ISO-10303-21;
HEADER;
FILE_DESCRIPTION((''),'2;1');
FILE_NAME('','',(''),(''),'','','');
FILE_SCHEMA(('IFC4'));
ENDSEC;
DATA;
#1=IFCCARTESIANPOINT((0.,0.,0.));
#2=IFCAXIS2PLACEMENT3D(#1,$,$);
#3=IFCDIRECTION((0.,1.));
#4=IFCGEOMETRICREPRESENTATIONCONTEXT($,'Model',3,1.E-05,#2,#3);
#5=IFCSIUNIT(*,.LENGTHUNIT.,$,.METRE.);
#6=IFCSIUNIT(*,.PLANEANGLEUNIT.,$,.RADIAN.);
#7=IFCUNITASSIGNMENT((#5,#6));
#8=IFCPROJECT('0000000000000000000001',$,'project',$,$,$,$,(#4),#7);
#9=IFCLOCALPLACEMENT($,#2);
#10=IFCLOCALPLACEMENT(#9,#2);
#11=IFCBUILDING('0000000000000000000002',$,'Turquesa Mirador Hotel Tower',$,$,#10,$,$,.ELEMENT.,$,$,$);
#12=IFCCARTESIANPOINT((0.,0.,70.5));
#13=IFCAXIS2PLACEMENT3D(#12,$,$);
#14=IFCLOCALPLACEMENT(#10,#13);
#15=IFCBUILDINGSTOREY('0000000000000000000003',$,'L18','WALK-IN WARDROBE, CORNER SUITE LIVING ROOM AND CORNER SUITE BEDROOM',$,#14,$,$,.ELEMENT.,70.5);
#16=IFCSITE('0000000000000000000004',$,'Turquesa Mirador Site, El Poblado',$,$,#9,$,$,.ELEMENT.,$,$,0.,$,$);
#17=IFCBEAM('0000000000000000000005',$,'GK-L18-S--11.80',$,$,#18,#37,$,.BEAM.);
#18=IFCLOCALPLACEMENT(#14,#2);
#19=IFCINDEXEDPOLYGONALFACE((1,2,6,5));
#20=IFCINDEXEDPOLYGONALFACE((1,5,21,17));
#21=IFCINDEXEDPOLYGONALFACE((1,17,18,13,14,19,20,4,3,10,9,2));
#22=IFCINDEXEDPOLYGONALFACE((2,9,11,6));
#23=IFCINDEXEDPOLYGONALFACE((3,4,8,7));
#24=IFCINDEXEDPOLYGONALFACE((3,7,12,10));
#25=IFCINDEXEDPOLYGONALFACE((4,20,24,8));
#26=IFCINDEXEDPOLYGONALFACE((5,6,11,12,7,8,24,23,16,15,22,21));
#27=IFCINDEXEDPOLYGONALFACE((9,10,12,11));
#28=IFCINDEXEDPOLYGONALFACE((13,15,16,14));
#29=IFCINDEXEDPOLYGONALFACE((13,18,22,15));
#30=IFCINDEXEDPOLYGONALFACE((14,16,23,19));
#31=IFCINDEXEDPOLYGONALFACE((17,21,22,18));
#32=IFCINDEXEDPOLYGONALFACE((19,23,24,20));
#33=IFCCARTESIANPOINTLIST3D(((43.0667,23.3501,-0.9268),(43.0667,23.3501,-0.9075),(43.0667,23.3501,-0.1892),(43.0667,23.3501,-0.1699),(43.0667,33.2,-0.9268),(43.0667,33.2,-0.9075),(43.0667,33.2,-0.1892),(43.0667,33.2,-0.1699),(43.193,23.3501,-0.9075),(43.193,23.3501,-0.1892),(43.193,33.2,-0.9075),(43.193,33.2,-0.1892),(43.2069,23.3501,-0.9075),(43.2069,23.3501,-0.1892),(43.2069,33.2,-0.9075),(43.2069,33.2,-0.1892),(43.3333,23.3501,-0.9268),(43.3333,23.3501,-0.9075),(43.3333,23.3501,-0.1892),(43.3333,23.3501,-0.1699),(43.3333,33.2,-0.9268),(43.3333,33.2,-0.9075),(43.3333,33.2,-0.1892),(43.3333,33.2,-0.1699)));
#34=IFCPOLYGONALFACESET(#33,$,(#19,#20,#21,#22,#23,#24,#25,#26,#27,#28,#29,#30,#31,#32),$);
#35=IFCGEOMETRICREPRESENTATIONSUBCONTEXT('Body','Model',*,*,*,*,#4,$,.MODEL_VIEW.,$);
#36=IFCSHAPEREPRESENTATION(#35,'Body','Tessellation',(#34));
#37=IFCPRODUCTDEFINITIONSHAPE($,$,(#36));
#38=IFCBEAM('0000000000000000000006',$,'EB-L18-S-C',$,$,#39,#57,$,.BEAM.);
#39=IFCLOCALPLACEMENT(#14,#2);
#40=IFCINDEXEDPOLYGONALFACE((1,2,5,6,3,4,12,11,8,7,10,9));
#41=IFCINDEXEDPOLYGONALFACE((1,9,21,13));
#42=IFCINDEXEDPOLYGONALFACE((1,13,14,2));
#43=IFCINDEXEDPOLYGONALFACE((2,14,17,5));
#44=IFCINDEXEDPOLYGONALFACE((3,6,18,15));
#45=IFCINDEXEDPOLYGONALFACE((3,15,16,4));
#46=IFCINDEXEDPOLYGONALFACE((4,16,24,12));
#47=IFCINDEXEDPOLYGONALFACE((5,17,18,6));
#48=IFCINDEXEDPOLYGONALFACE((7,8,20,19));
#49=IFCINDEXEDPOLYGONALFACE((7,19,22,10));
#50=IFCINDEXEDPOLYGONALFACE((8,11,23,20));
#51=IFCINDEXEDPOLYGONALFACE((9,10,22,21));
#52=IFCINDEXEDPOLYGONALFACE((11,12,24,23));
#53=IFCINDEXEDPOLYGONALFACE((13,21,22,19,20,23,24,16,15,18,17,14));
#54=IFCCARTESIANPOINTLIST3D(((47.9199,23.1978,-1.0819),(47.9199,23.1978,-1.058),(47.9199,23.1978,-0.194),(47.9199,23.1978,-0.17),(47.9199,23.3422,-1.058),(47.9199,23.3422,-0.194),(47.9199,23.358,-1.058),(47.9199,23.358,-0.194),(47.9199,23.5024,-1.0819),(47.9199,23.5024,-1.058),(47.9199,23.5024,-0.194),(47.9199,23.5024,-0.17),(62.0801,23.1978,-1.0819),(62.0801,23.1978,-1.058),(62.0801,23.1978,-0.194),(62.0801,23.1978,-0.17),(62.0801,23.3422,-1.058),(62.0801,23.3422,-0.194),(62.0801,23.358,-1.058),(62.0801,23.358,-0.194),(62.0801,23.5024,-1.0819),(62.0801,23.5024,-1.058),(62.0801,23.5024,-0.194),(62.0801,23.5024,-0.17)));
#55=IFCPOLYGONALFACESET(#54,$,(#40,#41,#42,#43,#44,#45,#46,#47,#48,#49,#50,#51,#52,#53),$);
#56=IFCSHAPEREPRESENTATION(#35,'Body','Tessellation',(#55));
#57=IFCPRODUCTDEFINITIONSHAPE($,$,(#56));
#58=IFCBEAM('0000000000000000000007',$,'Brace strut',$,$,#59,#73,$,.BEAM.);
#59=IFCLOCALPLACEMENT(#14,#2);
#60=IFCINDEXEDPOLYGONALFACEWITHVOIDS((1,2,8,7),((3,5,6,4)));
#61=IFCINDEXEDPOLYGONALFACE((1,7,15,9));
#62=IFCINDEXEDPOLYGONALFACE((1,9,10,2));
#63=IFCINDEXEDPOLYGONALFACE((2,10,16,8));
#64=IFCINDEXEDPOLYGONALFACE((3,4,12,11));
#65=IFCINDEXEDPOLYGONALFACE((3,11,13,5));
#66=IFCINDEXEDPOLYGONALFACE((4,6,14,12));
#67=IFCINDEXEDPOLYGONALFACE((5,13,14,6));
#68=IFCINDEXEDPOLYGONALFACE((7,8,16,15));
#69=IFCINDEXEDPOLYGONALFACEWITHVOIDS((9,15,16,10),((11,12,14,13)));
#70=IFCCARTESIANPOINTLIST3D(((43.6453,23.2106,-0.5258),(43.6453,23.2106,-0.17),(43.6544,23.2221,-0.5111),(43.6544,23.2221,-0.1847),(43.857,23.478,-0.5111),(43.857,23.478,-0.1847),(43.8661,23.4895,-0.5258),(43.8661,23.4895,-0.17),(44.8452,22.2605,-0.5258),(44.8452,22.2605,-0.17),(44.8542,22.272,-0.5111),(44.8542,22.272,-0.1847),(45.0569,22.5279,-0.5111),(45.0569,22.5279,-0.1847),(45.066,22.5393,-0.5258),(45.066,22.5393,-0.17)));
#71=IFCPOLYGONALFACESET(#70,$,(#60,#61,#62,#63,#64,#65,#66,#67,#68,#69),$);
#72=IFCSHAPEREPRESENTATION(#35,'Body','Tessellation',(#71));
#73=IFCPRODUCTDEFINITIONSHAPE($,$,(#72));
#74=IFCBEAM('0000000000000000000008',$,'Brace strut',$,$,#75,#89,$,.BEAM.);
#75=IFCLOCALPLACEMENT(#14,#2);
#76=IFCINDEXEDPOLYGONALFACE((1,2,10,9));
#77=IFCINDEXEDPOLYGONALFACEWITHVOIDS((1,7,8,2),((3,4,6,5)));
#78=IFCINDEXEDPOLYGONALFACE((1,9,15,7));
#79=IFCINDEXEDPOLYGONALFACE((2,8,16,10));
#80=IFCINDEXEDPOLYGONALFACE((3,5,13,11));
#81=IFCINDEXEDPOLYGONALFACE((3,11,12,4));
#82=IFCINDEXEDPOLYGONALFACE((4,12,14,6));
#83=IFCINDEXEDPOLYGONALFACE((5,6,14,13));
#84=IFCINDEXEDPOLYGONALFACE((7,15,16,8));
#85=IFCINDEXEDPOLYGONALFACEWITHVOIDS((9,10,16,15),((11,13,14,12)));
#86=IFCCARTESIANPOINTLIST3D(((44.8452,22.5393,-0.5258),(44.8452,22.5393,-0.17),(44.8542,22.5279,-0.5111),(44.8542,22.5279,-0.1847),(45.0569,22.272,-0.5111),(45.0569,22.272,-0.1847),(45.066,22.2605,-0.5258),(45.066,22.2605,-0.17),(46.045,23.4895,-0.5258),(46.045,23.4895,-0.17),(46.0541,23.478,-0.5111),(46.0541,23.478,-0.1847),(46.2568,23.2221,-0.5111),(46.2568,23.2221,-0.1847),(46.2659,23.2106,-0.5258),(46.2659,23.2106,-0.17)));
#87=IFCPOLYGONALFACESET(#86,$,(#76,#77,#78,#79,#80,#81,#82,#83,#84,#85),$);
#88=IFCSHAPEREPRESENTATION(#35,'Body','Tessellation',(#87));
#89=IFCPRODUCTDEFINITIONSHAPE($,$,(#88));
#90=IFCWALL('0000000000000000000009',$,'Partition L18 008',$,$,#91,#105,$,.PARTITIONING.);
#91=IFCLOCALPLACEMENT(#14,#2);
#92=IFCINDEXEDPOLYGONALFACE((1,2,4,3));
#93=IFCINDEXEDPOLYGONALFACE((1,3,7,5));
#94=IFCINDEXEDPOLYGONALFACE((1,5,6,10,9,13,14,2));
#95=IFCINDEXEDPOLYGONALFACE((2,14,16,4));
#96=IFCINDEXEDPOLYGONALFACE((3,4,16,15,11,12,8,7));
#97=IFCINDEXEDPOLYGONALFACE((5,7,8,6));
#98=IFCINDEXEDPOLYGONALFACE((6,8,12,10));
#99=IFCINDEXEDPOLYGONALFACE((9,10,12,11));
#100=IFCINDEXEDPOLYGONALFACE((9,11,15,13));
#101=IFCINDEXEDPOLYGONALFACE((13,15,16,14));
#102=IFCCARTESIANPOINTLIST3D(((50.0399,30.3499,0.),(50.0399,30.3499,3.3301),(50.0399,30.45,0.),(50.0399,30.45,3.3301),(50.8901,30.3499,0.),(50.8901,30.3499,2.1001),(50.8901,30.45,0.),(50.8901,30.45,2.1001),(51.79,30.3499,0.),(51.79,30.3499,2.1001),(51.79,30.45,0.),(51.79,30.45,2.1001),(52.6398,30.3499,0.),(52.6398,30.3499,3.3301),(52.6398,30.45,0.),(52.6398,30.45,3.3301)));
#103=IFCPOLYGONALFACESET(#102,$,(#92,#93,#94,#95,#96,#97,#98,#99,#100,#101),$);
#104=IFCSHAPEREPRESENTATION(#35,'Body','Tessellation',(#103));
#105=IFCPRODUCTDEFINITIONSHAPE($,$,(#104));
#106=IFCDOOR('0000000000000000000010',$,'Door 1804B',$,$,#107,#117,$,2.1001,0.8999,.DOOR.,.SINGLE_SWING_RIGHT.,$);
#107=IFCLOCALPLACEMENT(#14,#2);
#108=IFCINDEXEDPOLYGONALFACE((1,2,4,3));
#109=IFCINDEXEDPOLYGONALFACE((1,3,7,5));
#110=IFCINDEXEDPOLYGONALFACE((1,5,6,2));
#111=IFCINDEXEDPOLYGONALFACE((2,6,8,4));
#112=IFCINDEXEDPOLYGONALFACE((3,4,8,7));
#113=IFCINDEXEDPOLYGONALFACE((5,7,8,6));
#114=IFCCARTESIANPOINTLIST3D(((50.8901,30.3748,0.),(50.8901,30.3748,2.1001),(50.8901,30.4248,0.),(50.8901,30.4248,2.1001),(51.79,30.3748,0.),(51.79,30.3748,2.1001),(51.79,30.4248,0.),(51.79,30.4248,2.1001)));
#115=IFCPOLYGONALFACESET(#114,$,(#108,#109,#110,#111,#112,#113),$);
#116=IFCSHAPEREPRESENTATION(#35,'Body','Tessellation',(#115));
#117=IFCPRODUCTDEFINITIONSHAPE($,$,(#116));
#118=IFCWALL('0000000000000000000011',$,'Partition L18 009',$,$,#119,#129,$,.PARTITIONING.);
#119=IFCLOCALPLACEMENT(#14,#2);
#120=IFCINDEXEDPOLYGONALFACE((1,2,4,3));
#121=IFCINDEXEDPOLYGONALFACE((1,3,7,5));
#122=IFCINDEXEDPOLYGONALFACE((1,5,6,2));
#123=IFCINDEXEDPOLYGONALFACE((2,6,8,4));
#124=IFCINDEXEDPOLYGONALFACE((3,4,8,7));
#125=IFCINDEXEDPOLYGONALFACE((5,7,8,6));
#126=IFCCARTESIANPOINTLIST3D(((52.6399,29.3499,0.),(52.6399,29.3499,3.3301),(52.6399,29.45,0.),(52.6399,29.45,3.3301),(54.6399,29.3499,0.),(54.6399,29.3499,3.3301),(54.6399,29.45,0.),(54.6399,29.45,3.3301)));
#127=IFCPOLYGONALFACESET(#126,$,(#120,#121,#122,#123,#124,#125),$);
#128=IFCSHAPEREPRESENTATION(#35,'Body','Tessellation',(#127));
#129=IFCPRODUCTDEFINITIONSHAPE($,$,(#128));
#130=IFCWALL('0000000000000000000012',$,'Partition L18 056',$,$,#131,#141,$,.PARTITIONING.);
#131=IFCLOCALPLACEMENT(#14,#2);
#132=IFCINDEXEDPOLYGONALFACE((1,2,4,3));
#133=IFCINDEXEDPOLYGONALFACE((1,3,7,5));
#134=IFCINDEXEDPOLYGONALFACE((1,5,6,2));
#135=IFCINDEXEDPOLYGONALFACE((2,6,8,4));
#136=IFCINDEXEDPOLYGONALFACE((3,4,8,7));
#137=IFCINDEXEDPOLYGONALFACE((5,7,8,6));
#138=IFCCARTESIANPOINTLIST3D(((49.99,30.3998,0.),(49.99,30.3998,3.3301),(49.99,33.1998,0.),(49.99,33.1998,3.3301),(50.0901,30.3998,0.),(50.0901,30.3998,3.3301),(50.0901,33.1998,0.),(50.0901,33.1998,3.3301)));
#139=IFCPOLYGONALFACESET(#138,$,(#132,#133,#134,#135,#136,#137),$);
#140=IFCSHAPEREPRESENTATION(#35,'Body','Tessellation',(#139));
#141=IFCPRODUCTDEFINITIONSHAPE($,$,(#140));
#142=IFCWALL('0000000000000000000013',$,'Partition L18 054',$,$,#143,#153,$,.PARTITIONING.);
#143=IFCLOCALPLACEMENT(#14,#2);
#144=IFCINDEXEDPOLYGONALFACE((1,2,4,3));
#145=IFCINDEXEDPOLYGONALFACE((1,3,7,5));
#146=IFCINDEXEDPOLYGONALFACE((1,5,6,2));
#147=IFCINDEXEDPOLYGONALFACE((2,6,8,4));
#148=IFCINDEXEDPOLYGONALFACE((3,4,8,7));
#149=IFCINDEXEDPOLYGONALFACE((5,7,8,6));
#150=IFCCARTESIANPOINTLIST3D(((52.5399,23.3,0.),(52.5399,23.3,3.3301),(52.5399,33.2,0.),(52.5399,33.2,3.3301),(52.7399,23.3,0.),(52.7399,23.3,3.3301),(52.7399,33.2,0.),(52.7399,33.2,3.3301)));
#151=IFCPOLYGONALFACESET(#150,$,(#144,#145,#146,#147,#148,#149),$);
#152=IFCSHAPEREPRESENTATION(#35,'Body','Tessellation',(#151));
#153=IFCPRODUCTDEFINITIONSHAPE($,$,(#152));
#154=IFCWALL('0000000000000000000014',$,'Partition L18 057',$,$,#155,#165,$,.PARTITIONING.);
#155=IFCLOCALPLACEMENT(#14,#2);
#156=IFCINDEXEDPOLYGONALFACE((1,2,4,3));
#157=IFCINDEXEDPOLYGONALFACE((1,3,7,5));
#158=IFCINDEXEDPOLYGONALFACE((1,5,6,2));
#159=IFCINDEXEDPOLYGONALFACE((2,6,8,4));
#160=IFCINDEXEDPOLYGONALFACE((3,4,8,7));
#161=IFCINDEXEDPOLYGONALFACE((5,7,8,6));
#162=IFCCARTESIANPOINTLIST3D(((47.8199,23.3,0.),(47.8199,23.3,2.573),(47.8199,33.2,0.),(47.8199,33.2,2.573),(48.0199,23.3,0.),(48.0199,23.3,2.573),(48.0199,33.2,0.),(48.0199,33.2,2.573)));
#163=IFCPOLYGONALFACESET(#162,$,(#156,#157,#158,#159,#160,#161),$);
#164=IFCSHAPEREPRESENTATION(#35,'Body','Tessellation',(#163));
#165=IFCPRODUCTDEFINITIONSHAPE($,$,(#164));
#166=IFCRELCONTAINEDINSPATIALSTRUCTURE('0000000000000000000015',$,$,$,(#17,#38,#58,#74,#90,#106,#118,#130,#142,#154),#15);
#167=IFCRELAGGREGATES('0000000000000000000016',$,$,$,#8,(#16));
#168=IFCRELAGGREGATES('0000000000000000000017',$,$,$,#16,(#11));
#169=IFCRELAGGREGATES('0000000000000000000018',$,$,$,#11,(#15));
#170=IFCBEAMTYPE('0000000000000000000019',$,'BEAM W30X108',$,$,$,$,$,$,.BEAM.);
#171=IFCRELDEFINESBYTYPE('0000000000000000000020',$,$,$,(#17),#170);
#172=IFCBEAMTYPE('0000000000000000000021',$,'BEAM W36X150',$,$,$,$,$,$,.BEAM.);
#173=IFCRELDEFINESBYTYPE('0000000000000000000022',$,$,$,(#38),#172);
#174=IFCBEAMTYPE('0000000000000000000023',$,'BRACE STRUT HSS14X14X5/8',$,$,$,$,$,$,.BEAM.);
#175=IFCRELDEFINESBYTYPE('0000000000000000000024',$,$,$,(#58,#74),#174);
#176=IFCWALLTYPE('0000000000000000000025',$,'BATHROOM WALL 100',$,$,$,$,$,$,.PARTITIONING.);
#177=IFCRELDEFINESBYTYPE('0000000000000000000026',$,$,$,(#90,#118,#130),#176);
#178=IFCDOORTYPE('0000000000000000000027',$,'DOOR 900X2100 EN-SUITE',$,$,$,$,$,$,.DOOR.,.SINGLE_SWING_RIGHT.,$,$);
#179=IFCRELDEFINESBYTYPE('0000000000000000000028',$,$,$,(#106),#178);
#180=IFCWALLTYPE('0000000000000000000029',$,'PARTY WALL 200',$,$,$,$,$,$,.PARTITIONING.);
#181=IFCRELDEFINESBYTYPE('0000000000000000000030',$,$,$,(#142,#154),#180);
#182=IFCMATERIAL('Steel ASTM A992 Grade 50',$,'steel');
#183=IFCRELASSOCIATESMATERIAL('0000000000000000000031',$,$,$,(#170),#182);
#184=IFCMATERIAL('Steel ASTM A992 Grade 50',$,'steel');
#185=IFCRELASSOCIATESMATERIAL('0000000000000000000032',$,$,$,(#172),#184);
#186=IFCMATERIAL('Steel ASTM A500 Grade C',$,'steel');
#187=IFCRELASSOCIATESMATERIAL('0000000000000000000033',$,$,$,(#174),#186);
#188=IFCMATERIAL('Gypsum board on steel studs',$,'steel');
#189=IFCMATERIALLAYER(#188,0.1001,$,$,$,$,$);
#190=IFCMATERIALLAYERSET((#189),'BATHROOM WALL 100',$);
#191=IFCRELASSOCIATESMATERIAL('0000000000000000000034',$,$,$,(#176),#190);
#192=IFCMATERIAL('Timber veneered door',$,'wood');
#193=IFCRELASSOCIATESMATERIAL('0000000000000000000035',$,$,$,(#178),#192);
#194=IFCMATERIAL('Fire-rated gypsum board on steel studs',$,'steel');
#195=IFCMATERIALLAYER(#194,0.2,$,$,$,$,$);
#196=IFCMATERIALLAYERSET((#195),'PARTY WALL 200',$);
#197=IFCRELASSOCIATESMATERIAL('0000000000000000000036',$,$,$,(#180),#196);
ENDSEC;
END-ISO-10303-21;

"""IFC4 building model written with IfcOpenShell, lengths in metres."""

from ifc_helpers import new_model, si_unit, direction, frame, frame_2d, origin, origin_2d, place, context, subcontext, project, spatial, rectangle, hollow_rectangle, i_section, extrude, material, layer, layer_set, material_profile, profile_set, type_object, element, fill, save


model = new_model("IFC4")

# Units and contexts
model_context = context("Model", 3, precision=1e-05, world=origin(), true_north=direction((0.0, 1.0)))
body_context = subcontext(model_context, "Body", "Model", "MODEL_VIEW")
ifc_project = project(units=[si_unit("LENGTHUNIT", "METRE"), si_unit("PLANEANGLEUNIT", "RADIAN")], contexts=[model_context])

# Site, building, storey
site_placement = place(None, origin())
site = spatial("IfcSite", under=ifc_project, at=site_placement, Name="Turquesa Mirador Site, El Poblado", CompositionType="ELEMENT", RefElevation=0.0)
building_placement = place(site_placement, origin())
building = spatial("IfcBuilding", under=site, at=building_placement, Name="Turquesa Mirador Hotel Tower", CompositionType="ELEMENT")
storey_placement = place(building_placement, frame((0.0, 0.0, 70.5)))
storey = spatial("IfcBuildingStorey", under=building, at=storey_placement, Name="L18", Description="WALK-IN WARDROBE, CORNER SUITE LIVING ROOM AND CORNER SUITE BEDROOM", CompositionType="ELEMENT", Elevation=70.5)

# Beams
ifc_material_1 = material(Name="Steel ASTM A992 Grade 50", Category="steel")
ifc_material_profile_1 = material_profile(ifc_material_1, i_section(OverallWidth=0.2666, OverallDepth=0.7568, WebThickness=0.0139, FlangeThickness=0.0193, at=origin_2d()), Name="W30X108")
ifc_profile_set_1 = profile_set([ifc_material_profile_1], Name="Steel ASTM A992 Grade 50")
beam_type_1 = type_object("IfcBeamType", Name="BEAM W30X108", PredefinedType="BEAM", material=ifc_profile_set_1)
beam_1_placement = place(storey_placement, frame((43.2, 23.3501, -0.5483), z_axis=(0.0, 1.0, 0.0), x_axis=(-1.0, 0.0, 0.0)))
element("IfcBeam", 1, at=beam_1_placement, inside=storey, type_object=beam_type_1, Name="GK-L18-S--11.80", PredefinedType="BEAM", context=body_context, shape_type="SweptSolid", body=[
    extrude(i_section(OverallWidth=0.2666, OverallDepth=0.7568, WebThickness=0.0139, FlangeThickness=0.0193, at=origin_2d()), origin(), (0.0, 0.0, 1.0), 9.8499),
])
ifc_material_2 = material(Name="Steel ASTM A992 Grade 50", Category="steel")
ifc_material_profile_2 = material_profile(ifc_material_2, i_section(OverallWidth=0.3047, OverallDepth=0.9119, WebThickness=0.0159, FlangeThickness=0.0239, at=origin_2d()), Name="W36X150")
ifc_profile_set_2 = profile_set([ifc_material_profile_2], Name="Steel ASTM A992 Grade 50")
beam_type_2 = type_object("IfcBeamType", Name="BEAM W36X150", PredefinedType="BEAM", material=ifc_profile_set_2)
beam_2_placement = place(storey_placement, frame((47.9199, 23.3501, -0.626), z_axis=(1.0, 0.0, 0.0), x_axis=(0.0, 1.0, 0.0)))
element("IfcBeam", 2, at=beam_2_placement, inside=storey, type_object=beam_type_2, Name="EB-L18-S-C", PredefinedType="BEAM", context=body_context, shape_type="SweptSolid", body=[
    extrude(i_section(OverallWidth=0.3047, OverallDepth=0.9119, WebThickness=0.0159, FlangeThickness=0.0239, at=origin_2d()), origin(), (0.0, 0.0, 1.0), 14.1602),
])
ifc_material_3 = material(Name="Steel ASTM A500 Grade C", Category="steel")
ifc_material_profile_3 = material_profile(ifc_material_3, hollow_rectangle(XDim=0.3557, YDim=0.3557, WallThickness=0.0146, at=origin_2d()), Name="HSS14X14X5/8")
ifc_profile_set_3 = profile_set([ifc_material_profile_3], Name="Steel ASTM A500 Grade C")
beam_type_3 = type_object("IfcBeamType", Name="BRACE STRUT HSS14X14X5/8", PredefinedType="BEAM", material=ifc_profile_set_3)
for number, where, z_axis, x_axis, name in (
    (3, (44.9556, 22.3999, -0.3479), (-0.783971, 0.620797, 0.0), (-0.620797, -0.783971, 0.0), "Brace strut"),
    (4, (44.9556, 22.3999, -0.3479), (0.783971, 0.620797, 0.0), (-0.620797, 0.783971, 0.0), "Brace strut"),
):
    element("IfcBeam", number, at=place(storey_placement, frame(where, z_axis=z_axis, x_axis=x_axis)), inside=storey, type_object=beam_type_3, Name=name, PredefinedType="BEAM", context=body_context, shape_type="SweptSolid", body=[
        extrude(hollow_rectangle(XDim=0.3557, YDim=0.3557, WallThickness=0.0146, at=origin_2d()), origin(), (0.0, 0.0, 1.0), 1.5305),
    ])

# Wall, opening, door
ifc_material_4 = material(Name="Gypsum board on steel studs", Category="steel")
ifc_layer_1 = layer(ifc_material_4, 0.1001)
ifc_layer_set_1 = layer_set([ifc_layer_1], Name="BATHROOM WALL 100")
wall_type_1 = type_object("IfcWallType", Name="BATHROOM WALL 100", PredefinedType="PARTITIONING", material=ifc_layer_set_1)
wall_1_placement = place(storey_placement, frame((50.04, 30.3999, 0.0), z_axis=(0.0, 0.0, 1.0), x_axis=(1.0, 0.0, 0.0)))
wall_1 = element("IfcWall", 5, at=wall_1_placement, inside=storey, type_object=wall_type_1, Name="Partition L18 008", PredefinedType="PARTITIONING", context=body_context, shape_type="SweptSolid", body=[
    extrude(rectangle(XDim=2.5999, YDim=0.1001, at=frame_2d((1.2998, 0.0))), origin(), (0.0, 0.0, 1.0), 3.3301),
])
opening_placement = place(wall_1_placement, frame((0.8501, 0.0, 0.0)))
opening = element("IfcOpeningElement", 6, at=opening_placement, cuts=wall_1, PredefinedType="OPENING", context=body_context, shape_type="SweptSolid", body=[
    extrude(rectangle(XDim=0.8999, YDim=2.1001, at=frame_2d((0.45, 1.05))), frame((0.0, 0.0601, 0.0), z_axis=(0.0, -1.0, 0.0), x_axis=(1.0, 0.0, 0.0)), (0.0, 0.0, 1.0), 0.1201),
])
ifc_material_5 = material(Name="Timber veneered door", Category="wood")
door_type = type_object("IfcDoorType", Name="DOOR 900X2100 EN-SUITE", OperationType="SINGLE_SWING_RIGHT", PredefinedType="DOOR", material=ifc_material_5)
door_placement = place(opening_placement, origin())
door = element("IfcDoor", 7, at=door_placement, inside=storey, type_object=door_type, Name="Door 1804B", OperationType="SINGLE_SWING_RIGHT", OverallHeight=2.1001, OverallWidth=0.8999, PredefinedType="DOOR", context=body_context, shape_type="SweptSolid", body=[
    extrude(rectangle(XDim=0.8999, YDim=2.1001, at=frame_2d((0.45, 1.05))), frame((0.0, 0.0249, 0.0), z_axis=(0.0, -1.0, 0.0), x_axis=(1.0, 0.0, 0.0)), (0.0, 0.0, 1.0), 0.05),
])
fill(opening, door)

# Walls
wall_2_placement = place(storey_placement, frame((52.6399, 29.3999, 0.0), z_axis=(0.0, 0.0, 1.0), x_axis=(1.0, 0.0, 0.0)))
element("IfcWall", 8, at=wall_2_placement, inside=storey, type_object=wall_type_1, Name="Partition L18 009", PredefinedType="PARTITIONING", context=body_context, shape_type="SweptSolid", body=[
    extrude(rectangle(XDim=2.0, YDim=0.1001, at=frame_2d((1.0, 0.0))), origin(), (0.0, 0.0, 1.0), 3.3301),
])
wall_3_placement = place(storey_placement, frame((50.04, 30.3999, 0.0), z_axis=(0.0, 0.0, 1.0), x_axis=(0.0, 1.0, 0.0)))
element("IfcWall", 9, at=wall_3_placement, inside=storey, type_object=wall_type_1, Name="Partition L18 056", PredefinedType="PARTITIONING", context=body_context, shape_type="SweptSolid", body=[
    extrude(rectangle(XDim=2.8, YDim=0.1001, at=frame_2d((1.3999, 0.0))), origin(), (0.0, 0.0, 1.0), 3.3301),
])
ifc_material_6 = material(Name="Fire-rated gypsum board on steel studs", Category="steel")
ifc_layer_2 = layer(ifc_material_6, 0.2)
ifc_layer_set_2 = layer_set([ifc_layer_2], Name="PARTY WALL 200")
wall_type_2 = type_object("IfcWallType", Name="PARTY WALL 200", PredefinedType="PARTITIONING", material=ifc_layer_set_2)
wall_4_placement = place(storey_placement, frame((52.6399, 23.3, 0.0), z_axis=(0.0, 0.0, 1.0), x_axis=(0.0, 1.0, 0.0)))
element("IfcWall", 10, at=wall_4_placement, inside=storey, type_object=wall_type_2, Name="Partition L18 054", PredefinedType="PARTITIONING", context=body_context, shape_type="SweptSolid", body=[
    extrude(rectangle(XDim=9.8999, YDim=0.2, at=frame_2d((4.95, 0.0))), origin(), (0.0, 0.0, 1.0), 3.3301),
])
wall_5_placement = place(storey_placement, frame((47.9199, 23.3, 0.0), z_axis=(0.0, 0.0, 1.0), x_axis=(0.0, 1.0, 0.0)))
element("IfcWall", 11, at=wall_5_placement, inside=storey, type_object=wall_type_2, Name="Partition L18 057", PredefinedType="PARTITIONING", context=body_context, shape_type="SweptSolid", body=[
    extrude(rectangle(XDim=9.8999, YDim=0.2, at=frame_2d((4.95, 0.0))), origin(), (0.0, 0.0, 1.0), 2.573),
])

save(model, "model.ifc")
